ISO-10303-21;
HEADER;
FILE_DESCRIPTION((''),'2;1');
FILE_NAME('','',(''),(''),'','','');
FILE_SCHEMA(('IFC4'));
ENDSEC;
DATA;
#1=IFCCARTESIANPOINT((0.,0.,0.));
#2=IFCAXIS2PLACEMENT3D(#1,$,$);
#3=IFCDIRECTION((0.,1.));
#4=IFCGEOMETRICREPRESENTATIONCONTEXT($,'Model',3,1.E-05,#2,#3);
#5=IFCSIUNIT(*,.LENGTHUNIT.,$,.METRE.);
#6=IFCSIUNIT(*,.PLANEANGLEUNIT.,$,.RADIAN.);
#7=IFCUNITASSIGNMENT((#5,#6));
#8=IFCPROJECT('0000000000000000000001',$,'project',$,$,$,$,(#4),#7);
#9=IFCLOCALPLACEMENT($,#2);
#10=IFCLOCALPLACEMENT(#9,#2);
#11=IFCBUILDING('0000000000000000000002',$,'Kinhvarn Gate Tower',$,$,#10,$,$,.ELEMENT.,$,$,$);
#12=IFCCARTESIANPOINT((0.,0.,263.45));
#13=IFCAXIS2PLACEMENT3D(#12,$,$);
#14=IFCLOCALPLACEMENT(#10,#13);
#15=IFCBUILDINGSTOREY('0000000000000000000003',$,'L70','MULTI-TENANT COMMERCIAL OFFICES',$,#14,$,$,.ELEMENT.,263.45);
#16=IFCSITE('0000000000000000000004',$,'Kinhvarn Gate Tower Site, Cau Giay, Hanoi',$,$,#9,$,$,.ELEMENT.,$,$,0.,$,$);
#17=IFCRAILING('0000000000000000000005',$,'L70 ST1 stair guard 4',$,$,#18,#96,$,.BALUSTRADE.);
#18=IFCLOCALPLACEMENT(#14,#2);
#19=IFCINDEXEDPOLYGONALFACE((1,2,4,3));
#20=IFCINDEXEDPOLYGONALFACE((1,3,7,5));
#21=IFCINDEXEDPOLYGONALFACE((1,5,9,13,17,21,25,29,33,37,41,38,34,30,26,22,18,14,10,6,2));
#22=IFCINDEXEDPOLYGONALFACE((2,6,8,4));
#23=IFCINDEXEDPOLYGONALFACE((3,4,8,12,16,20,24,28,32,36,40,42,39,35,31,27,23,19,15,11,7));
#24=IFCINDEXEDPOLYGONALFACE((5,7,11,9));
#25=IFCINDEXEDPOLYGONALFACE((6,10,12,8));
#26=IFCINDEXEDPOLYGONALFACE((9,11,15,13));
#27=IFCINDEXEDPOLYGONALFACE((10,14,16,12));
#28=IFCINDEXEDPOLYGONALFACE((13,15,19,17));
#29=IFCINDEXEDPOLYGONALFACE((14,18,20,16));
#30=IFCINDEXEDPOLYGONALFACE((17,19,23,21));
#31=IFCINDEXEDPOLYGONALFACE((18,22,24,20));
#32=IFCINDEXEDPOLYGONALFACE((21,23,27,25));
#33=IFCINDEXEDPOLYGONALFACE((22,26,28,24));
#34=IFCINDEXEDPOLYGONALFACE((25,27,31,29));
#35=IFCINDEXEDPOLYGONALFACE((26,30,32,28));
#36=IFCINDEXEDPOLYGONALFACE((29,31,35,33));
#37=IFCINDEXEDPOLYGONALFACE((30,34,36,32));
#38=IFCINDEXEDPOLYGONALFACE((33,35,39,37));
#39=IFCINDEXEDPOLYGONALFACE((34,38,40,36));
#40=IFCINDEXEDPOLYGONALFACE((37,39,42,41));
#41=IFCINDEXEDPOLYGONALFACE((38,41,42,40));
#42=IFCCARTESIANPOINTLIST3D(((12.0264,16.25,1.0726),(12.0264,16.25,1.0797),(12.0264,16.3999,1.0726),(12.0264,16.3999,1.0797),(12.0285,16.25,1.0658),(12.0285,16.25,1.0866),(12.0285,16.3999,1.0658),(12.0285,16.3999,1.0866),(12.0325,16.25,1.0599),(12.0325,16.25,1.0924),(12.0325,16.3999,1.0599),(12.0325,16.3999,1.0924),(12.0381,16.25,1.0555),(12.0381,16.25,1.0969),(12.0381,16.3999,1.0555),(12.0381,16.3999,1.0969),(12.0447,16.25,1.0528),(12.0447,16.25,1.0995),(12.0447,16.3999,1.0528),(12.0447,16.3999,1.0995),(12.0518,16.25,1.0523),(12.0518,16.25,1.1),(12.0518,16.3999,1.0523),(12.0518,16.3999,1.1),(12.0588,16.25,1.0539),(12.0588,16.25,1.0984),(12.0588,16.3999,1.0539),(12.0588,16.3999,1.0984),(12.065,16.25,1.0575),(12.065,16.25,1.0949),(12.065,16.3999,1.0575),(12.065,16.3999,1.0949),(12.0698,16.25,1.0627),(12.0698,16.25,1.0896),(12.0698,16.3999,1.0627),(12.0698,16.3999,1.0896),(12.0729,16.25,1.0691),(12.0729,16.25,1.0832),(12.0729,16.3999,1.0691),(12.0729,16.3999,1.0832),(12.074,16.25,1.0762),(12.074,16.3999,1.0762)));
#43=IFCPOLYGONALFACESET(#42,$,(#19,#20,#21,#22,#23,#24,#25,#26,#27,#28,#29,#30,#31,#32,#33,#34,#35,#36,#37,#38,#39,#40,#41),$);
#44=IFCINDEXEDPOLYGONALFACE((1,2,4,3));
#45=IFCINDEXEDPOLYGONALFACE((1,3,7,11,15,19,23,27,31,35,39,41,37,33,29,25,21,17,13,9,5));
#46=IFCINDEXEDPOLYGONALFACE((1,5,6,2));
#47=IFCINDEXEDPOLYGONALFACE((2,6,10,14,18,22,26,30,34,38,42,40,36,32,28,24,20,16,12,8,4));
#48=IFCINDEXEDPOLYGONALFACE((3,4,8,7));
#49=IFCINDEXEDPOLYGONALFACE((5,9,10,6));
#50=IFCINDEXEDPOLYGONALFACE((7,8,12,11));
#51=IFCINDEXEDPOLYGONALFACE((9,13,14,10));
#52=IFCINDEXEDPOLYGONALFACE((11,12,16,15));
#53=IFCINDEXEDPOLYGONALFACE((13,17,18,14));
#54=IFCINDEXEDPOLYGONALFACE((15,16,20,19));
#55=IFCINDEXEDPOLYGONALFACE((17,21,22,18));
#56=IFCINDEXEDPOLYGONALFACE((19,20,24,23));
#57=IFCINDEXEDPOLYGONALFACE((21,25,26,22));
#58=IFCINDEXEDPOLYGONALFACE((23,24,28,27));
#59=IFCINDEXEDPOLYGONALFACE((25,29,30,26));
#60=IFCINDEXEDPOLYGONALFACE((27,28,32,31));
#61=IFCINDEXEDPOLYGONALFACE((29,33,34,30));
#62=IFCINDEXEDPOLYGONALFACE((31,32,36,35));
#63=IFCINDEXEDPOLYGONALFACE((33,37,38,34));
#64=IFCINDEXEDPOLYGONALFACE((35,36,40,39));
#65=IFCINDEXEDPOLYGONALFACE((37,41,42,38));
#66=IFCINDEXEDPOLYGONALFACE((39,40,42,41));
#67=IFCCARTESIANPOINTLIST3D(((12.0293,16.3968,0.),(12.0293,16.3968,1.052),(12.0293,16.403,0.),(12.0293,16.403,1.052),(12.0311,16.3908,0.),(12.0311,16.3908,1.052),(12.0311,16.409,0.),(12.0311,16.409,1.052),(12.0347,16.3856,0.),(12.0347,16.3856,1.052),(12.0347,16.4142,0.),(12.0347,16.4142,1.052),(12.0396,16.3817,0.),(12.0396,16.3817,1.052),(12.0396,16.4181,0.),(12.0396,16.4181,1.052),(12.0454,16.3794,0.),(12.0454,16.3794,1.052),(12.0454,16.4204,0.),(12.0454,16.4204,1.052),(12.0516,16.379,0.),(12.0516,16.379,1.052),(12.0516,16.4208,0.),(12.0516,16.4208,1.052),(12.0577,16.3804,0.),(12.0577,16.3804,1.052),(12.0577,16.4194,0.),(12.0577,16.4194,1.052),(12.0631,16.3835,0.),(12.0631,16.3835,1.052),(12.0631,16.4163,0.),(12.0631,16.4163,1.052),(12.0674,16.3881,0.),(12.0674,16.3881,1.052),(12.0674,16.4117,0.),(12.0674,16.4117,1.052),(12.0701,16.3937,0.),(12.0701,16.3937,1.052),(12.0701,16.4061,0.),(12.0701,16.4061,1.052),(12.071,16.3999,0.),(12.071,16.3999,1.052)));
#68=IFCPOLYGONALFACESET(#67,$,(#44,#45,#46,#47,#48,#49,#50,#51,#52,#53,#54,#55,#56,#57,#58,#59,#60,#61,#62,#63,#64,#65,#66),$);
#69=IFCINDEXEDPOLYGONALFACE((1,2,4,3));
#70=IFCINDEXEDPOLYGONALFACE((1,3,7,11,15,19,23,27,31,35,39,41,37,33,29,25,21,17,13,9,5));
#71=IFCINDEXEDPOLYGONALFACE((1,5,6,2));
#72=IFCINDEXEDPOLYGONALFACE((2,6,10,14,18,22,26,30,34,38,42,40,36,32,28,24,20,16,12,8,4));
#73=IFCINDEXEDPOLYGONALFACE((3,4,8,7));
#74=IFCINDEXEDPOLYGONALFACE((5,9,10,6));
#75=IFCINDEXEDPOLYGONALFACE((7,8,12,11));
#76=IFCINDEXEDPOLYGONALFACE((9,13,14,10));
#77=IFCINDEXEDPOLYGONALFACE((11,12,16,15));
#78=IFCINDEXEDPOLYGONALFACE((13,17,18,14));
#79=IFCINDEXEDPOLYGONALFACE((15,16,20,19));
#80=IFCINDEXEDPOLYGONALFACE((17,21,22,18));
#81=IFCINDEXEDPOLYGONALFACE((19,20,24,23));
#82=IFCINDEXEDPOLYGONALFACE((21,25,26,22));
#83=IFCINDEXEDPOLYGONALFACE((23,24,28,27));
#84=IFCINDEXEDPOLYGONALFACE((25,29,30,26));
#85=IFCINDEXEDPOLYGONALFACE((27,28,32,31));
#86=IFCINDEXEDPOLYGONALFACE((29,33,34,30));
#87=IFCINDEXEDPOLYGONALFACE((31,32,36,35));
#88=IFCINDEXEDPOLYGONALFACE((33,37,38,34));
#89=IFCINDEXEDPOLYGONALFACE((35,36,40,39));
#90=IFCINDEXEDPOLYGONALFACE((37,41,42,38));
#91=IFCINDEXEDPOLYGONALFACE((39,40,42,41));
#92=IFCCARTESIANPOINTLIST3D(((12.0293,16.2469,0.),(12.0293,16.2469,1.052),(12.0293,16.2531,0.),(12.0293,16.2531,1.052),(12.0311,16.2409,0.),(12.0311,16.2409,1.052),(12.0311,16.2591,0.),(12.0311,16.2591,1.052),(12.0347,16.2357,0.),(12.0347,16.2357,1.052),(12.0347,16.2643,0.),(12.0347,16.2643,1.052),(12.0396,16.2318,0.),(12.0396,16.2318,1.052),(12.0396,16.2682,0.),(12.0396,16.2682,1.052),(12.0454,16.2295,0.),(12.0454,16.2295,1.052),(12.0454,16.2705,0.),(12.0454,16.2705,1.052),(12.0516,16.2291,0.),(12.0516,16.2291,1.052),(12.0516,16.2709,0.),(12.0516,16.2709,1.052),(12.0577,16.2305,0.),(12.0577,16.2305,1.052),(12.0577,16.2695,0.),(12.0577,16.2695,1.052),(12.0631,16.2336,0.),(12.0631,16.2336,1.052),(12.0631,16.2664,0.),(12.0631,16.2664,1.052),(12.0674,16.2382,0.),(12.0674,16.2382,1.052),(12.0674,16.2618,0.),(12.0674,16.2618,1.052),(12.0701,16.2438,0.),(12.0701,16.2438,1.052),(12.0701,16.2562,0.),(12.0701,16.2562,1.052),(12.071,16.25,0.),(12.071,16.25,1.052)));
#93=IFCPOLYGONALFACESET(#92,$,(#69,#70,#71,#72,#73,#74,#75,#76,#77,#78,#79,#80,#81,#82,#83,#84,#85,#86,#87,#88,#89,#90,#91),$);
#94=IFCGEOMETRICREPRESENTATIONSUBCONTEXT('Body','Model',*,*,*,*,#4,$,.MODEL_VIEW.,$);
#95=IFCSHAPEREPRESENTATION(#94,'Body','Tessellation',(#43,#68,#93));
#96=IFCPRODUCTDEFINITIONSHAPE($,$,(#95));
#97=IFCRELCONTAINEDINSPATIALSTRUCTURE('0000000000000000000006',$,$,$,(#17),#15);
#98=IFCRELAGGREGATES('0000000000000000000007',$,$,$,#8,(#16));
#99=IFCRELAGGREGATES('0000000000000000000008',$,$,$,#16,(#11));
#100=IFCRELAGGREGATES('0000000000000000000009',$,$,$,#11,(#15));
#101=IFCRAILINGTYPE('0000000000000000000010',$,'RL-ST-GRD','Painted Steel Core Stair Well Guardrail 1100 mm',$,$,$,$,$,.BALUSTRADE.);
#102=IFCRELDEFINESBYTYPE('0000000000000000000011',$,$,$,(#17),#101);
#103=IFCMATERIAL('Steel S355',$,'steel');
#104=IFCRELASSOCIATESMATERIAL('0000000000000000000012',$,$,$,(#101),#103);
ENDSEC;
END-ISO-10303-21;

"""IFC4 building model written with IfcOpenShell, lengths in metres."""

from ifc_helpers import new_model, si_unit, direction, frame, origin, origin_2d, place, context, subcontext, project, spatial, circle, extrude, material, type_object, element, save


model = new_model("IFC4")

# Units and contexts
model_context = context("Model", 3, precision=1e-05, world=origin(), true_north=direction((0.0, 1.0)))
body_context = subcontext(model_context, "Body", "Model", "MODEL_VIEW")
ifc_project = project(units=[si_unit("LENGTHUNIT", "METRE"), si_unit("PLANEANGLEUNIT", "RADIAN")], contexts=[model_context])

# Site, building, storey
site_placement = place(None, origin())
site = spatial("IfcSite", under=ifc_project, at=site_placement, Name="Kinhvarn Gate Tower Site, Cau Giay, Hanoi", CompositionType="ELEMENT", RefElevation=0.0)
building_placement = place(site_placement, origin())
building = spatial("IfcBuilding", under=site, at=building_placement, Name="Kinhvarn Gate Tower", CompositionType="ELEMENT")
storey_placement = place(building_placement, frame((0.0, 0.0, 263.45)))
storey = spatial("IfcBuildingStorey", under=building, at=storey_placement, Name="L70", Description="MULTI-TENANT COMMERCIAL OFFICES", CompositionType="ELEMENT", Elevation=263.45)

# Shared definitions
ifc_material_1 = material(Name="Steel S355", Category="steel")

# Railing
railing_type_1 = type_object("IfcRailingType", Name="RL-ST-GRD", Description="Painted Steel Core Stair Well Guardrail 1100 mm", PredefinedType="BALUSTRADE", material=ifc_material_1)
railing_1_placement = place(storey_placement, frame((12.05, 16.3999, 0.0)))
element("IfcRailing", 1, at=railing_1_placement, inside=storey, type_object=railing_type_1, Name="L70 ST1 stair guard 4", PredefinedType="BALUSTRADE", context=body_context, shape_type="SweptSolid", body=[
    extrude(circle(Radius=0.0239, at=origin_2d()), frame((0.0, 0.0, 1.0762), z_axis=(0.0, -1.0, 0.0), x_axis=(1.0, 0.0, 0.0)), (0.0, 0.0, 1.0), 0.1499),
    extrude(circle(Radius=0.021, at=origin_2d()), origin(), (0.0, 0.0, 1.0), 1.052),
    extrude(circle(Radius=0.021, at=origin_2d()), frame((0.0, -0.1499, 0.0)), (0.0, 0.0, 1.0), 1.052),
])

save(model, "model.ifc")
